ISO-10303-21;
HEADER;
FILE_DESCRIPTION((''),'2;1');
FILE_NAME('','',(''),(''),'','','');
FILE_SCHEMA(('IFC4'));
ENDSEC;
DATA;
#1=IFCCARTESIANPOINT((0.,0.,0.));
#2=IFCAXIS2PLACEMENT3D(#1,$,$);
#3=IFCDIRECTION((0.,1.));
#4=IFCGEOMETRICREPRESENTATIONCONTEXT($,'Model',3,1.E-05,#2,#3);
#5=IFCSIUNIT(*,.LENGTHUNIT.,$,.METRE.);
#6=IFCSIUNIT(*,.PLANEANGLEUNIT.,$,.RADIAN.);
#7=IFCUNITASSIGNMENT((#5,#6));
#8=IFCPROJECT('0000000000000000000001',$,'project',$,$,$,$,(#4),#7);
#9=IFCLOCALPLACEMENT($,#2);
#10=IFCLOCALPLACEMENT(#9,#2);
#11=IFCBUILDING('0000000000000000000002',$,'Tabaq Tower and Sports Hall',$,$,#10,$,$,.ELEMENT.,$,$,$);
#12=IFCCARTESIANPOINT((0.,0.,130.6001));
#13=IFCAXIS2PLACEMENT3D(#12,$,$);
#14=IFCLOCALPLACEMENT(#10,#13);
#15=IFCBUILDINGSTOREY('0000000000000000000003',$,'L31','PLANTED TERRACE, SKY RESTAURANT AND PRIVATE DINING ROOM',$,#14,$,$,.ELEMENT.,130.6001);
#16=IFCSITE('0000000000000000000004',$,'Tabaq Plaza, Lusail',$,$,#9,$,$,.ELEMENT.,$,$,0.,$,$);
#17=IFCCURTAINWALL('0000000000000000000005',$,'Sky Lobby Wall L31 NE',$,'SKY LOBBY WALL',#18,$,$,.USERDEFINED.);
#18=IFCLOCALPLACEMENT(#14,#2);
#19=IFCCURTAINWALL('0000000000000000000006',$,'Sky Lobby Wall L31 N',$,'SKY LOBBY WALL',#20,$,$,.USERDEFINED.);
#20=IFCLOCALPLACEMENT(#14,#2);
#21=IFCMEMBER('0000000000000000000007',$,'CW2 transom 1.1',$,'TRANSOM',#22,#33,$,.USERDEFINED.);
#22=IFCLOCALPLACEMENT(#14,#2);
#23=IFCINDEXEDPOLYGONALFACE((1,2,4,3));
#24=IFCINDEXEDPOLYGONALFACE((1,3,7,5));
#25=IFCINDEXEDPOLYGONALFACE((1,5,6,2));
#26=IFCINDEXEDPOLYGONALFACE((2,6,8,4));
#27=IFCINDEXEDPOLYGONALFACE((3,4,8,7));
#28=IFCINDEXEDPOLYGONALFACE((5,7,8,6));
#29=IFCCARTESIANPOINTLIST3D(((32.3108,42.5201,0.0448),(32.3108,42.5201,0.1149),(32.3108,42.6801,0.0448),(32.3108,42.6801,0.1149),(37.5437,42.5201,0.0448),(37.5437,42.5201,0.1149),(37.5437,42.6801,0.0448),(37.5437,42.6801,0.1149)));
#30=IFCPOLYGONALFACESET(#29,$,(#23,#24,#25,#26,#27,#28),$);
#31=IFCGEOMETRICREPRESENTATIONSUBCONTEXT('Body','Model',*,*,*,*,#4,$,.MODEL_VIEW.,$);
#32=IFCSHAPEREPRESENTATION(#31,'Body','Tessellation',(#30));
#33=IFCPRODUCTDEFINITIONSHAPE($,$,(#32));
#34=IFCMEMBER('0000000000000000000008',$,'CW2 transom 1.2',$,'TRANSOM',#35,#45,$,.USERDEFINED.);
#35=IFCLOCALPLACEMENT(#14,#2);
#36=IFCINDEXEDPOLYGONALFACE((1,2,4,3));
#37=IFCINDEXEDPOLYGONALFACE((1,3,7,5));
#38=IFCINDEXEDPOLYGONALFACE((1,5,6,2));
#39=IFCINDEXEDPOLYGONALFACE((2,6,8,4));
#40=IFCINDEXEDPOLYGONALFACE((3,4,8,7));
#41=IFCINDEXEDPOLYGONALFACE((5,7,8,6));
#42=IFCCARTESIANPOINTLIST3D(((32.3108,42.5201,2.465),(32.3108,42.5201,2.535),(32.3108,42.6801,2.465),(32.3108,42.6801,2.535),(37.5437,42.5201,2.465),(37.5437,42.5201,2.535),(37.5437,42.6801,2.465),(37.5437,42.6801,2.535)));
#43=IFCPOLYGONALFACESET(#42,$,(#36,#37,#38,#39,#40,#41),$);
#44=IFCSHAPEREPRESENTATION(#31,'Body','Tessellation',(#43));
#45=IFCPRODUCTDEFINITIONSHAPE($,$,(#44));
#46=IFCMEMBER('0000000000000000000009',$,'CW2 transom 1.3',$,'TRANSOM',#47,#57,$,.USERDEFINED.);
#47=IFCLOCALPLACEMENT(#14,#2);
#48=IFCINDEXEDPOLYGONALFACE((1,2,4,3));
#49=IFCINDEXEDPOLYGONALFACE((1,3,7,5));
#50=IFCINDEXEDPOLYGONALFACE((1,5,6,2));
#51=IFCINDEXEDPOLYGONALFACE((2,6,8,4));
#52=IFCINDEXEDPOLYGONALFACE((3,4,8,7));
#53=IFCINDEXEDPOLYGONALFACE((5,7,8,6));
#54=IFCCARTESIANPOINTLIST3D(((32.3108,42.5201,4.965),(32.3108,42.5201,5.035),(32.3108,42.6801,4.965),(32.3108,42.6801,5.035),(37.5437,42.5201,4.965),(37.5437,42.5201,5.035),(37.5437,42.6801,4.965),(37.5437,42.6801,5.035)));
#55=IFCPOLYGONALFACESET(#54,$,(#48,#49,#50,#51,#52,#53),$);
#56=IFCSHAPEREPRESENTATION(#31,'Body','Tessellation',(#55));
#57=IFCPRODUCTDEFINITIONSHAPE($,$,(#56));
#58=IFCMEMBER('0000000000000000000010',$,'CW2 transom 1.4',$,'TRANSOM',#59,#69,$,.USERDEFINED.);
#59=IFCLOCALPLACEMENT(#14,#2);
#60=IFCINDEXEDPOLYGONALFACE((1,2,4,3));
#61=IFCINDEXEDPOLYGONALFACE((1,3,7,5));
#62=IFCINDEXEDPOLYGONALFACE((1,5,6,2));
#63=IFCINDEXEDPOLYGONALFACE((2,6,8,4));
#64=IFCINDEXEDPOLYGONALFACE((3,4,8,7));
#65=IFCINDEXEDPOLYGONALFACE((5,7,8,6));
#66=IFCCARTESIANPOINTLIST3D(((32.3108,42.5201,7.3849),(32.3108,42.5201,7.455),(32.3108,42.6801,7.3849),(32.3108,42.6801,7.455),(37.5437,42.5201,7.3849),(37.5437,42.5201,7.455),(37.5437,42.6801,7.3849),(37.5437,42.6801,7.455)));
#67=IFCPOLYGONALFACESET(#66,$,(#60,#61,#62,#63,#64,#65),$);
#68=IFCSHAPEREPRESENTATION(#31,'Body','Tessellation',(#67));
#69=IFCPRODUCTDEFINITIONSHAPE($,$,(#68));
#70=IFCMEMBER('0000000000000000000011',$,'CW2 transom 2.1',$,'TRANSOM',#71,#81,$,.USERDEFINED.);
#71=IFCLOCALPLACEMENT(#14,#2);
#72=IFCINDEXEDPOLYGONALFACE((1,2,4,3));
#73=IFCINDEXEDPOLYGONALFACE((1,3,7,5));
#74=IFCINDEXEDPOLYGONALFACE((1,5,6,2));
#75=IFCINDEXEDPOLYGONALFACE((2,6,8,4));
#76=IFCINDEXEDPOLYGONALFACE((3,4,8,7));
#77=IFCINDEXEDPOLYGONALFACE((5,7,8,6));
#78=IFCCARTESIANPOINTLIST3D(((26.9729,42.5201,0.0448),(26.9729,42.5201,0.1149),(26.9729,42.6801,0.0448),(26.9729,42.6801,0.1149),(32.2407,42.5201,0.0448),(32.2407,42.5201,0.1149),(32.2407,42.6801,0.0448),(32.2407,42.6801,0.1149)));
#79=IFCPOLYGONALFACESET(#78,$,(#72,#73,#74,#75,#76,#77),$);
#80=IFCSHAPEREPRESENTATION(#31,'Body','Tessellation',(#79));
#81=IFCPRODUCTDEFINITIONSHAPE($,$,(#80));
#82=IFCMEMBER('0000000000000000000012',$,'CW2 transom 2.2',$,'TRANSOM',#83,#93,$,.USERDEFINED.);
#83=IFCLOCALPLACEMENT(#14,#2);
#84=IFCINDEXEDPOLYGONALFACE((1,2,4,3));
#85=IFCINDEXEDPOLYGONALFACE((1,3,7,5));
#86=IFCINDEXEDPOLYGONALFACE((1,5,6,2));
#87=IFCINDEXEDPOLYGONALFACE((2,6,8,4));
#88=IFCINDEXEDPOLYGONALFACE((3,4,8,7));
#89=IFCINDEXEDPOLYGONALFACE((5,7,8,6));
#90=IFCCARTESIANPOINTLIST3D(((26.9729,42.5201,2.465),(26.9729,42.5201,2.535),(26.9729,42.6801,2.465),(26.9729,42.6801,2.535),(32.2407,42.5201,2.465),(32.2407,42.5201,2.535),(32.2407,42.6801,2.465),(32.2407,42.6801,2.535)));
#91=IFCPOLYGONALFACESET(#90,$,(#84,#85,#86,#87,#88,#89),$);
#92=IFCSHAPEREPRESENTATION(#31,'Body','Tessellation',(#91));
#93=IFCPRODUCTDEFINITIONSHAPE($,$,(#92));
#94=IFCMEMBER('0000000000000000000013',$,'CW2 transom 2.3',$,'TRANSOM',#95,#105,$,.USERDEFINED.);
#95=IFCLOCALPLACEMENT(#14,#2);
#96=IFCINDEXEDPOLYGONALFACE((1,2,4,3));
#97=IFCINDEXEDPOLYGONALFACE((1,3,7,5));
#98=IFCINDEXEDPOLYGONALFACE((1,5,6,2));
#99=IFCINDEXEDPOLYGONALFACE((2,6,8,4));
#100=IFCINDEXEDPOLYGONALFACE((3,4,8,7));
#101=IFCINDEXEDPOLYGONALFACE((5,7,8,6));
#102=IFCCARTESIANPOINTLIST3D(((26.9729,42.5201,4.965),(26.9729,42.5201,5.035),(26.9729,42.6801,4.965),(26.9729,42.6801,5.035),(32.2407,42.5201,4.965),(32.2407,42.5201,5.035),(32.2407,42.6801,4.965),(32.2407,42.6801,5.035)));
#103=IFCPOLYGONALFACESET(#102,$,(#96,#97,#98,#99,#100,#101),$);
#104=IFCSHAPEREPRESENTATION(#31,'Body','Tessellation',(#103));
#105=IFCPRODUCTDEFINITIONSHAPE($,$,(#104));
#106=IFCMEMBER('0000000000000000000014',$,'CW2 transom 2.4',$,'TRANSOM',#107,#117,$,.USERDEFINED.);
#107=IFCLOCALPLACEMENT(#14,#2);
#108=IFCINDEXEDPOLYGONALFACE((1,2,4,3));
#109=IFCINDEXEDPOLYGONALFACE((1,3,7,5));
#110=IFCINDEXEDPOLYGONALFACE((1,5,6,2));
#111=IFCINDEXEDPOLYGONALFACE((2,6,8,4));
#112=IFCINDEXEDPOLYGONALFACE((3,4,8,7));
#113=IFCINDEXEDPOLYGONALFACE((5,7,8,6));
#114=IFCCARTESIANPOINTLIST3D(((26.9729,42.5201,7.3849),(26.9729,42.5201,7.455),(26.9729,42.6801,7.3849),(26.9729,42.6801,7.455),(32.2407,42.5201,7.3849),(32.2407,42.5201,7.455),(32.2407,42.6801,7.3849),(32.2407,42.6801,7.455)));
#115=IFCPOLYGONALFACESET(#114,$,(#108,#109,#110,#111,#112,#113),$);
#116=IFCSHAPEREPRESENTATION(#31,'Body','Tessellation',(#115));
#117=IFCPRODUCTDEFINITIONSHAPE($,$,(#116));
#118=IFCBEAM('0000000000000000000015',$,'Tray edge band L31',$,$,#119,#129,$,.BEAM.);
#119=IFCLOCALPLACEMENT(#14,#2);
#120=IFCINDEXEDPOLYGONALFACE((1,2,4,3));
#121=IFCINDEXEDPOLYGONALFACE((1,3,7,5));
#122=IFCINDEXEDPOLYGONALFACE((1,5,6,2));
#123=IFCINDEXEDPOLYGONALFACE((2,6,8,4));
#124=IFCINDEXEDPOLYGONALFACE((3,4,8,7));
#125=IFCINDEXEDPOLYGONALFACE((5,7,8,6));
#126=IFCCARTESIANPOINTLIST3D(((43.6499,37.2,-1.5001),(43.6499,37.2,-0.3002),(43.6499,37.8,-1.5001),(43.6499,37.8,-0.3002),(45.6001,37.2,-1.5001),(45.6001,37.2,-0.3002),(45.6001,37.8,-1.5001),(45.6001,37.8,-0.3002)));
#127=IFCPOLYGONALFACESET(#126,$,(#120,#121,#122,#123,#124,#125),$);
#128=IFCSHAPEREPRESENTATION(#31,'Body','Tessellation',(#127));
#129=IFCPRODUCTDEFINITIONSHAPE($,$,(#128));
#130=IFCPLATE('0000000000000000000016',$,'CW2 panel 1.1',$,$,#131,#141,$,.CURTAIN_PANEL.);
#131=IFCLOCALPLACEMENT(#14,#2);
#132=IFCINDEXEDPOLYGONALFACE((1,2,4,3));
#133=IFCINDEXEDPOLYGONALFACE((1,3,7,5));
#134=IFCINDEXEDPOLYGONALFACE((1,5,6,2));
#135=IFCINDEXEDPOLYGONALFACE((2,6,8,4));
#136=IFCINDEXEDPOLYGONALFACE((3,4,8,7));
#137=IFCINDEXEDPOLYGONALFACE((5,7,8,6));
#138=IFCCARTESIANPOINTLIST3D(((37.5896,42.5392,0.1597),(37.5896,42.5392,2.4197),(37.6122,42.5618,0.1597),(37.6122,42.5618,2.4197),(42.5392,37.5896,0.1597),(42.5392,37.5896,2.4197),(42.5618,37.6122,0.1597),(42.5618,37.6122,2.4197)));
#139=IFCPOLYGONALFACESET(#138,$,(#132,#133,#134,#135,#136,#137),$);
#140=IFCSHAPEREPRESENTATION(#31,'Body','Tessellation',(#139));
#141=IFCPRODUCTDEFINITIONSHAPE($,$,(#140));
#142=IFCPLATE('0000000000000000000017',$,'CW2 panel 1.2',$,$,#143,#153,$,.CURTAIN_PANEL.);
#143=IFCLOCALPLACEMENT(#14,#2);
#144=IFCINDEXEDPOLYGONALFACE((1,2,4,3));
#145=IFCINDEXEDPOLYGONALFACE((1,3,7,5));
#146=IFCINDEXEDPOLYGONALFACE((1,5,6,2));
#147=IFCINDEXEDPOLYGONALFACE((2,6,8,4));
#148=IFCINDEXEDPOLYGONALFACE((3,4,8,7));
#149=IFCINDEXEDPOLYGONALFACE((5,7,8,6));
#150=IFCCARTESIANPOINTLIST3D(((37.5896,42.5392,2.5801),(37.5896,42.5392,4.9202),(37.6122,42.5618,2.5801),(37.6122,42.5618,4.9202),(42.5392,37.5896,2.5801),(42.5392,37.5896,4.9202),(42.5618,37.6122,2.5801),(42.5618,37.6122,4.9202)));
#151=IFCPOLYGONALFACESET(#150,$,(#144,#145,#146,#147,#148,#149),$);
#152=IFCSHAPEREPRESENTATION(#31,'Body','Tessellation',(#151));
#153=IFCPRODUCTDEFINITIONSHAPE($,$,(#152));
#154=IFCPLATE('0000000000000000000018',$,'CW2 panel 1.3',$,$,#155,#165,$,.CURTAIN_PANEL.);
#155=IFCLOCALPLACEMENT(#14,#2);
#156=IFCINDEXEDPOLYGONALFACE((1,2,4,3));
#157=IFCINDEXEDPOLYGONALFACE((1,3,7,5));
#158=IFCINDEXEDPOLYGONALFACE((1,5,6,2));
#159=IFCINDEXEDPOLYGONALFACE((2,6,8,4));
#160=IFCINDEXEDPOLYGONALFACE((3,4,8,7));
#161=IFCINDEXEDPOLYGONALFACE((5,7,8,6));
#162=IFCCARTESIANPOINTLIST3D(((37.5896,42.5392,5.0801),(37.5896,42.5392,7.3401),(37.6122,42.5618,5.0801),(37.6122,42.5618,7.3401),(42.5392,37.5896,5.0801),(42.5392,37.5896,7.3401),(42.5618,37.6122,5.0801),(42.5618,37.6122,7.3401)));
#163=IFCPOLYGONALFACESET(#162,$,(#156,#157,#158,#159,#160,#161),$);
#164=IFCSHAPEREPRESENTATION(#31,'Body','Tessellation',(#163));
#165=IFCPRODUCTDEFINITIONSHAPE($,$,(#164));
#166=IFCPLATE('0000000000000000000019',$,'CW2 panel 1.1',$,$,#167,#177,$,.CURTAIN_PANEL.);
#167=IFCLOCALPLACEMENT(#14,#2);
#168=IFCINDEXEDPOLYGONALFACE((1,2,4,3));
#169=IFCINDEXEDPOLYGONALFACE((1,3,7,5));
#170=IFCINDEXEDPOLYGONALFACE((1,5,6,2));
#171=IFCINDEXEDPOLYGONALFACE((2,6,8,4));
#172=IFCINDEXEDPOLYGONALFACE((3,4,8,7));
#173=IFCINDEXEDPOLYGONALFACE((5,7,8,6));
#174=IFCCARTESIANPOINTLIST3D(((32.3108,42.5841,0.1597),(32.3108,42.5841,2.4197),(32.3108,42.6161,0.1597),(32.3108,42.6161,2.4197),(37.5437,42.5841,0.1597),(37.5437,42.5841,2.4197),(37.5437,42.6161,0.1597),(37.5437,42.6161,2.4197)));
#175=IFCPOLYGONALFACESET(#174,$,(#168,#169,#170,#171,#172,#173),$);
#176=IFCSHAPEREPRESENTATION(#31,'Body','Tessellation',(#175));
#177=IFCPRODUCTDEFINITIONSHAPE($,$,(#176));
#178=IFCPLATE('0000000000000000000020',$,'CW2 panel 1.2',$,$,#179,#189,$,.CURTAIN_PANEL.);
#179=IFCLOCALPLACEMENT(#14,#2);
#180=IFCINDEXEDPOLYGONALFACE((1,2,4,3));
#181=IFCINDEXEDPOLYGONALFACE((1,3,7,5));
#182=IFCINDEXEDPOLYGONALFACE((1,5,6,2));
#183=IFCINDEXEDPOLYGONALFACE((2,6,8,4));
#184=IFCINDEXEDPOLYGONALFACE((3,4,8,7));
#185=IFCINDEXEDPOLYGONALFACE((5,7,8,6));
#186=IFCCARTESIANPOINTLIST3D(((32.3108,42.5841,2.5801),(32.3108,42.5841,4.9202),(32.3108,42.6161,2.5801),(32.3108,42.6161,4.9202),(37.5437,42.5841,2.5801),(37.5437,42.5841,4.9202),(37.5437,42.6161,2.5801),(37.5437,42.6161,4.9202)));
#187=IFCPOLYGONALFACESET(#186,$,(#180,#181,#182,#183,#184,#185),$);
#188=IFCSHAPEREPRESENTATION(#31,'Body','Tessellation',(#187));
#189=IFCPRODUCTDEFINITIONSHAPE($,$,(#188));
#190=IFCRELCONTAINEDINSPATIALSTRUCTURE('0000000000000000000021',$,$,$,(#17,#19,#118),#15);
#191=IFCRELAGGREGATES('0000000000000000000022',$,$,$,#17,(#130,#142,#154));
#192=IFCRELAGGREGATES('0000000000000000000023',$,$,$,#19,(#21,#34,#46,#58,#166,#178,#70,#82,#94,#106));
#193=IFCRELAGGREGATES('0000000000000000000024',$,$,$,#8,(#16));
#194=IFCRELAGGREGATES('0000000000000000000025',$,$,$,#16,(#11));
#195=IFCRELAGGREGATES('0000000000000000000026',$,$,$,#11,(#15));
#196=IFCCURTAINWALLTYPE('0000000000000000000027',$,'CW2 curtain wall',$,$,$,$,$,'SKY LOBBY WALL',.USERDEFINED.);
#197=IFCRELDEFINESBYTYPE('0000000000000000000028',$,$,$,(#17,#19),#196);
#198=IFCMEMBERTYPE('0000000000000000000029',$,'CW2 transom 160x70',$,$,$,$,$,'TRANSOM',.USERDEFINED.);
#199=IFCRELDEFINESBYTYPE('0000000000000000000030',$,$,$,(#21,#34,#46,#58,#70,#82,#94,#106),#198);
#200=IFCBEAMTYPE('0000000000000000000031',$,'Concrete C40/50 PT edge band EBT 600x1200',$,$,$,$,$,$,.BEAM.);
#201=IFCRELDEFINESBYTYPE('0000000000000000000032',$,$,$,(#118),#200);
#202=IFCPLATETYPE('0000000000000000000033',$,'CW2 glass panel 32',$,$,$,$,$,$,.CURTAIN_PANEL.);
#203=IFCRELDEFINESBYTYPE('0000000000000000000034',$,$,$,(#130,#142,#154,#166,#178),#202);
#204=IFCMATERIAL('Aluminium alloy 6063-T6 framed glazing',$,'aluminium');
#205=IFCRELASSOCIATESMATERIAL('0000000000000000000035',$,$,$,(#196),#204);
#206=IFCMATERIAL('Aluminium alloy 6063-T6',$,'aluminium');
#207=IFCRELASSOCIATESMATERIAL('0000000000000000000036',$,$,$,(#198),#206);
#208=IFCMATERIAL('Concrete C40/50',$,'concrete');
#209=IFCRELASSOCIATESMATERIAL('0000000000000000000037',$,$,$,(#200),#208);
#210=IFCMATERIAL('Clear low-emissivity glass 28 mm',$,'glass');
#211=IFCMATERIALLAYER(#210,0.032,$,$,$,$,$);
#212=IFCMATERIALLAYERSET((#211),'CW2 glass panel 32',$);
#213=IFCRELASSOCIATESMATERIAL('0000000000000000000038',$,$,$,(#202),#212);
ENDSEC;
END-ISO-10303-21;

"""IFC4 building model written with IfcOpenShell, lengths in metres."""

from ifc_helpers import new_model, si_unit, direction, frame, origin, origin_2d, place, context, subcontext, project, spatial, rectangle, extrude, material, layer, layer_set, material_profile, profile_set, type_object, element, aggregate, save


model = new_model("IFC4")

# Units and contexts
model_context = context("Model", 3, precision=1e-05, world=origin(), true_north=direction((0.0, 1.0)))
body_context = subcontext(model_context, "Body", "Model", "MODEL_VIEW")
ifc_project = project(units=[si_unit("LENGTHUNIT", "METRE"), si_unit("PLANEANGLEUNIT", "RADIAN")], contexts=[model_context])

# Site, building, storey
site_placement = place(None, origin())
site = spatial("IfcSite", under=ifc_project, at=site_placement, Name="Tabaq Plaza, Lusail", CompositionType="ELEMENT", RefElevation=0.0)
building_placement = place(site_placement, origin())
building = spatial("IfcBuilding", under=site, at=building_placement, Name="Tabaq Tower and Sports Hall", CompositionType="ELEMENT")
storey_placement = place(building_placement, frame((0.0, 0.0, 130.6001)))
storey = spatial("IfcBuildingStorey", under=building, at=storey_placement, Name="L31", Description="PLANTED TERRACE, SKY RESTAURANT AND PRIVATE DINING ROOM", CompositionType="ELEMENT", Elevation=130.6001)

# Curtain walls
ifc_material_1 = material(Name="Aluminium alloy 6063-T6 framed glazing", Category="aluminium")
curtain_wall_type = type_object("IfcCurtainWallType", Name="CW2 curtain wall", ElementType="SKY LOBBY WALL", PredefinedType="USERDEFINED", material=ifc_material_1)
curtain_wall_1_placement = place(storey_placement, origin())
curtain_wall_1 = element("IfcCurtainWall", 1, at=curtain_wall_1_placement, inside=storey, type_object=curtain_wall_type, Name="Sky Lobby Wall L31 NE", ObjectType="SKY LOBBY WALL", PredefinedType="USERDEFINED")
curtain_wall_2_placement = place(storey_placement, origin())
curtain_wall_2 = element("IfcCurtainWall", 2, at=curtain_wall_2_placement, inside=storey, type_object=curtain_wall_type, Name="Sky Lobby Wall L31 N", ObjectType="SKY LOBBY WALL", PredefinedType="USERDEFINED")

# Members
ifc_material_2 = material(Name="Aluminium alloy 6063-T6", Category="aluminium")
ifc_material_profile_1 = material_profile(ifc_material_2, rectangle(XDim=0.1599, YDim=0.0701, at=origin_2d()), Name="TRANSOM 160x70")
ifc_profile_set_1 = profile_set([ifc_material_profile_1], Name="Aluminium alloy 6063-T6")
member_type_1 = type_object("IfcMemberType", Name="CW2 transom 160x70", ElementType="TRANSOM", PredefinedType="USERDEFINED", material=ifc_profile_set_1)
member_1_placement = place(storey_placement, frame((37.5437, 42.6001, 0.0798), z_axis=(-1.0, 0.0, 0.0), x_axis=(0.0, -1.0, 0.0)))
member_1 = element("IfcMember", 3, at=member_1_placement, type_object=member_type_1, Name="CW2 transom 1.1", ObjectType="TRANSOM", PredefinedType="USERDEFINED", context=body_context, shape_type="SweptSolid", body=[
    extrude(rectangle(XDim=0.1599, YDim=0.0701, at=origin_2d()), origin(), (0.0, 0.0, 1.0), 5.2329),
])
member_2_placement = place(storey_placement, frame((37.5437, 42.6001, 2.5), z_axis=(-1.0, 0.0, 0.0), x_axis=(0.0, -1.0, 0.0)))
member_2 = element("IfcMember", 4, at=member_2_placement, type_object=member_type_1, Name="CW2 transom 1.2", ObjectType="TRANSOM", PredefinedType="USERDEFINED", context=body_context, shape_type="SweptSolid", body=[
    extrude(rectangle(XDim=0.1599, YDim=0.0701, at=origin_2d()), origin(), (0.0, 0.0, 1.0), 5.2329),
])
member_3_placement = place(storey_placement, frame((37.5437, 42.6001, 5.0), z_axis=(-1.0, 0.0, 0.0), x_axis=(0.0, -1.0, 0.0)))
member_3 = element("IfcMember", 5, at=member_3_placement, type_object=member_type_1, Name="CW2 transom 1.3", ObjectType="TRANSOM", PredefinedType="USERDEFINED", context=body_context, shape_type="SweptSolid", body=[
    extrude(rectangle(XDim=0.1599, YDim=0.0701, at=origin_2d()), origin(), (0.0, 0.0, 1.0), 5.2329),
])
member_4_placement = place(storey_placement, frame((37.5437, 42.6001, 7.4199), z_axis=(-1.0, 0.0, 0.0), x_axis=(0.0, -1.0, 0.0)))
member_4 = element("IfcMember", 6, at=member_4_placement, type_object=member_type_1, Name="CW2 transom 1.4", ObjectType="TRANSOM", PredefinedType="USERDEFINED", context=body_context, shape_type="SweptSolid", body=[
    extrude(rectangle(XDim=0.1599, YDim=0.0701, at=origin_2d()), origin(), (0.0, 0.0, 1.0), 5.2329),
])
member_5_placement = place(storey_placement, frame((32.2407, 42.6001, 0.0798), z_axis=(-1.0, 0.0, 0.0), x_axis=(0.0, -1.0, 0.0)))
member_5 = element("IfcMember", 7, at=member_5_placement, type_object=member_type_1, Name="CW2 transom 2.1", ObjectType="TRANSOM", PredefinedType="USERDEFINED", context=body_context, shape_type="SweptSolid", body=[
    extrude(rectangle(XDim=0.1599, YDim=0.0701, at=origin_2d()), origin(), (0.0, 0.0, 1.0), 5.2678),
])
member_6_placement = place(storey_placement, frame((32.2407, 42.6001, 2.5), z_axis=(-1.0, 0.0, 0.0), x_axis=(0.0, -1.0, 0.0)))
member_6 = element("IfcMember", 8, at=member_6_placement, type_object=member_type_1, Name="CW2 transom 2.2", ObjectType="TRANSOM", PredefinedType="USERDEFINED", context=body_context, shape_type="SweptSolid", body=[
    extrude(rectangle(XDim=0.1599, YDim=0.0701, at=origin_2d()), origin(), (0.0, 0.0, 1.0), 5.2678),
])
member_7_placement = place(storey_placement, frame((32.2407, 42.6001, 5.0), z_axis=(-1.0, 0.0, 0.0), x_axis=(0.0, -1.0, 0.0)))
member_7 = element("IfcMember", 9, at=member_7_placement, type_object=member_type_1, Name="CW2 transom 2.3", ObjectType="TRANSOM", PredefinedType="USERDEFINED", context=body_context, shape_type="SweptSolid", body=[
    extrude(rectangle(XDim=0.1599, YDim=0.0701, at=origin_2d()), origin(), (0.0, 0.0, 1.0), 5.2678),
])
member_8_placement = place(storey_placement, frame((32.2407, 42.6001, 7.4199), z_axis=(-1.0, 0.0, 0.0), x_axis=(0.0, -1.0, 0.0)))
member_8 = element("IfcMember", 10, at=member_8_placement, type_object=member_type_1, Name="CW2 transom 2.4", ObjectType="TRANSOM", PredefinedType="USERDEFINED", context=body_context, shape_type="SweptSolid", body=[
    extrude(rectangle(XDim=0.1599, YDim=0.0701, at=origin_2d()), origin(), (0.0, 0.0, 1.0), 5.2678),
])

# Beam
ifc_material_3 = material(Name="Concrete C40/50", Category="concrete")
ifc_material_profile_2 = material_profile(ifc_material_3, rectangle(XDim=0.6001, YDim=1.2, at=origin_2d()), Name="EBT 600x1200")
ifc_profile_set_2 = profile_set([ifc_material_profile_2], Name="Concrete C40/50")
beam_type = type_object("IfcBeamType", Name="Concrete C40/50 PT edge band EBT 600x1200", PredefinedType="BEAM", material=ifc_profile_set_2)
beam_placement = place(storey_placement, frame((43.6499, 37.5, -0.9001), z_axis=(1.0, 0.0, 0.0), x_axis=(0.0, 1.0, 0.0)))
element("IfcBeam", 11, at=beam_placement, inside=storey, type_object=beam_type, Name="Tray edge band L31", PredefinedType="BEAM", context=body_context, shape_type="SweptSolid", body=[
    extrude(rectangle(XDim=0.6001, YDim=1.2, at=origin_2d()), origin(), (0.0, 0.0, 1.0), 1.9502),
])

# Plates
ifc_material_4 = material(Name="Clear low-emissivity glass 28 mm", Category="glass")
ifc_layer_1 = layer(ifc_material_4, 0.032)
ifc_layer_set_1 = layer_set([ifc_layer_1], Name="CW2 glass panel 32")
plate_type_1 = type_object("IfcPlateType", Name="CW2 glass panel 32", PredefinedType="CURTAIN_PANEL", material=ifc_layer_set_1)
plate_1_placement = place(storey_placement, frame((40.0757, 40.0757, 0.1597), z_axis=(0.0, 0.0, 1.0), x_axis=(-0.707107, 0.707107, 0.0)))
plate_1 = element("IfcPlate", 12, at=plate_1_placement, type_object=plate_type_1, Name="CW2 panel 1.1", PredefinedType="CURTAIN_PANEL", context=body_context, shape_type="SweptSolid", body=[
    extrude(rectangle(XDim=6.9998, YDim=0.032, at=origin_2d()), origin(), (0.0, 0.0, 1.0), 2.26),
])
plate_2_placement = place(storey_placement, frame((40.0757, 40.0757, 2.5801), z_axis=(0.0, 0.0, 1.0), x_axis=(-0.707107, 0.707107, 0.0)))
plate_2 = element("IfcPlate", 13, at=plate_2_placement, type_object=plate_type_1, Name="CW2 panel 1.2", PredefinedType="CURTAIN_PANEL", context=body_context, shape_type="SweptSolid", body=[
    extrude(rectangle(XDim=6.9998, YDim=0.032, at=origin_2d()), origin(), (0.0, 0.0, 1.0), 2.3401),
])
plate_3_placement = place(storey_placement, frame((40.0757, 40.0757, 5.0801), z_axis=(0.0, 0.0, 1.0), x_axis=(-0.707107, 0.707107, 0.0)))
plate_3 = element("IfcPlate", 14, at=plate_3_placement, type_object=plate_type_1, Name="CW2 panel 1.3", PredefinedType="CURTAIN_PANEL", context=body_context, shape_type="SweptSolid", body=[
    extrude(rectangle(XDim=6.9998, YDim=0.032, at=origin_2d()), origin(), (0.0, 0.0, 1.0), 2.26),
])
aggregate(curtain_wall_1, [plate_1, plate_2, plate_3])
plate_4_placement = place(storey_placement, frame((34.9272, 42.6001, 0.1597), z_axis=(0.0, 0.0, 1.0), x_axis=(-1.0, 0.0, 0.0)))
plate_4 = element("IfcPlate", 15, at=plate_4_placement, type_object=plate_type_1, Name="CW2 panel 1.1", PredefinedType="CURTAIN_PANEL", context=body_context, shape_type="SweptSolid", body=[
    extrude(rectangle(XDim=5.2329, YDim=0.032, at=origin_2d()), origin(), (0.0, 0.0, 1.0), 2.26),
])
plate_5_placement = place(storey_placement, frame((34.9272, 42.6001, 2.5801), z_axis=(0.0, 0.0, 1.0), x_axis=(-1.0, 0.0, 0.0)))
plate_5 = element("IfcPlate", 16, at=plate_5_placement, type_object=plate_type_1, Name="CW2 panel 1.2", PredefinedType="CURTAIN_PANEL", context=body_context, shape_type="SweptSolid", body=[
    extrude(rectangle(XDim=5.2329, YDim=0.032, at=origin_2d()), origin(), (0.0, 0.0, 1.0), 2.3401),
])
aggregate(curtain_wall_2, [member_1, member_2, member_3, member_4, plate_4, plate_5, member_5, member_6, member_7, member_8])

save(model, "model.ifc")
